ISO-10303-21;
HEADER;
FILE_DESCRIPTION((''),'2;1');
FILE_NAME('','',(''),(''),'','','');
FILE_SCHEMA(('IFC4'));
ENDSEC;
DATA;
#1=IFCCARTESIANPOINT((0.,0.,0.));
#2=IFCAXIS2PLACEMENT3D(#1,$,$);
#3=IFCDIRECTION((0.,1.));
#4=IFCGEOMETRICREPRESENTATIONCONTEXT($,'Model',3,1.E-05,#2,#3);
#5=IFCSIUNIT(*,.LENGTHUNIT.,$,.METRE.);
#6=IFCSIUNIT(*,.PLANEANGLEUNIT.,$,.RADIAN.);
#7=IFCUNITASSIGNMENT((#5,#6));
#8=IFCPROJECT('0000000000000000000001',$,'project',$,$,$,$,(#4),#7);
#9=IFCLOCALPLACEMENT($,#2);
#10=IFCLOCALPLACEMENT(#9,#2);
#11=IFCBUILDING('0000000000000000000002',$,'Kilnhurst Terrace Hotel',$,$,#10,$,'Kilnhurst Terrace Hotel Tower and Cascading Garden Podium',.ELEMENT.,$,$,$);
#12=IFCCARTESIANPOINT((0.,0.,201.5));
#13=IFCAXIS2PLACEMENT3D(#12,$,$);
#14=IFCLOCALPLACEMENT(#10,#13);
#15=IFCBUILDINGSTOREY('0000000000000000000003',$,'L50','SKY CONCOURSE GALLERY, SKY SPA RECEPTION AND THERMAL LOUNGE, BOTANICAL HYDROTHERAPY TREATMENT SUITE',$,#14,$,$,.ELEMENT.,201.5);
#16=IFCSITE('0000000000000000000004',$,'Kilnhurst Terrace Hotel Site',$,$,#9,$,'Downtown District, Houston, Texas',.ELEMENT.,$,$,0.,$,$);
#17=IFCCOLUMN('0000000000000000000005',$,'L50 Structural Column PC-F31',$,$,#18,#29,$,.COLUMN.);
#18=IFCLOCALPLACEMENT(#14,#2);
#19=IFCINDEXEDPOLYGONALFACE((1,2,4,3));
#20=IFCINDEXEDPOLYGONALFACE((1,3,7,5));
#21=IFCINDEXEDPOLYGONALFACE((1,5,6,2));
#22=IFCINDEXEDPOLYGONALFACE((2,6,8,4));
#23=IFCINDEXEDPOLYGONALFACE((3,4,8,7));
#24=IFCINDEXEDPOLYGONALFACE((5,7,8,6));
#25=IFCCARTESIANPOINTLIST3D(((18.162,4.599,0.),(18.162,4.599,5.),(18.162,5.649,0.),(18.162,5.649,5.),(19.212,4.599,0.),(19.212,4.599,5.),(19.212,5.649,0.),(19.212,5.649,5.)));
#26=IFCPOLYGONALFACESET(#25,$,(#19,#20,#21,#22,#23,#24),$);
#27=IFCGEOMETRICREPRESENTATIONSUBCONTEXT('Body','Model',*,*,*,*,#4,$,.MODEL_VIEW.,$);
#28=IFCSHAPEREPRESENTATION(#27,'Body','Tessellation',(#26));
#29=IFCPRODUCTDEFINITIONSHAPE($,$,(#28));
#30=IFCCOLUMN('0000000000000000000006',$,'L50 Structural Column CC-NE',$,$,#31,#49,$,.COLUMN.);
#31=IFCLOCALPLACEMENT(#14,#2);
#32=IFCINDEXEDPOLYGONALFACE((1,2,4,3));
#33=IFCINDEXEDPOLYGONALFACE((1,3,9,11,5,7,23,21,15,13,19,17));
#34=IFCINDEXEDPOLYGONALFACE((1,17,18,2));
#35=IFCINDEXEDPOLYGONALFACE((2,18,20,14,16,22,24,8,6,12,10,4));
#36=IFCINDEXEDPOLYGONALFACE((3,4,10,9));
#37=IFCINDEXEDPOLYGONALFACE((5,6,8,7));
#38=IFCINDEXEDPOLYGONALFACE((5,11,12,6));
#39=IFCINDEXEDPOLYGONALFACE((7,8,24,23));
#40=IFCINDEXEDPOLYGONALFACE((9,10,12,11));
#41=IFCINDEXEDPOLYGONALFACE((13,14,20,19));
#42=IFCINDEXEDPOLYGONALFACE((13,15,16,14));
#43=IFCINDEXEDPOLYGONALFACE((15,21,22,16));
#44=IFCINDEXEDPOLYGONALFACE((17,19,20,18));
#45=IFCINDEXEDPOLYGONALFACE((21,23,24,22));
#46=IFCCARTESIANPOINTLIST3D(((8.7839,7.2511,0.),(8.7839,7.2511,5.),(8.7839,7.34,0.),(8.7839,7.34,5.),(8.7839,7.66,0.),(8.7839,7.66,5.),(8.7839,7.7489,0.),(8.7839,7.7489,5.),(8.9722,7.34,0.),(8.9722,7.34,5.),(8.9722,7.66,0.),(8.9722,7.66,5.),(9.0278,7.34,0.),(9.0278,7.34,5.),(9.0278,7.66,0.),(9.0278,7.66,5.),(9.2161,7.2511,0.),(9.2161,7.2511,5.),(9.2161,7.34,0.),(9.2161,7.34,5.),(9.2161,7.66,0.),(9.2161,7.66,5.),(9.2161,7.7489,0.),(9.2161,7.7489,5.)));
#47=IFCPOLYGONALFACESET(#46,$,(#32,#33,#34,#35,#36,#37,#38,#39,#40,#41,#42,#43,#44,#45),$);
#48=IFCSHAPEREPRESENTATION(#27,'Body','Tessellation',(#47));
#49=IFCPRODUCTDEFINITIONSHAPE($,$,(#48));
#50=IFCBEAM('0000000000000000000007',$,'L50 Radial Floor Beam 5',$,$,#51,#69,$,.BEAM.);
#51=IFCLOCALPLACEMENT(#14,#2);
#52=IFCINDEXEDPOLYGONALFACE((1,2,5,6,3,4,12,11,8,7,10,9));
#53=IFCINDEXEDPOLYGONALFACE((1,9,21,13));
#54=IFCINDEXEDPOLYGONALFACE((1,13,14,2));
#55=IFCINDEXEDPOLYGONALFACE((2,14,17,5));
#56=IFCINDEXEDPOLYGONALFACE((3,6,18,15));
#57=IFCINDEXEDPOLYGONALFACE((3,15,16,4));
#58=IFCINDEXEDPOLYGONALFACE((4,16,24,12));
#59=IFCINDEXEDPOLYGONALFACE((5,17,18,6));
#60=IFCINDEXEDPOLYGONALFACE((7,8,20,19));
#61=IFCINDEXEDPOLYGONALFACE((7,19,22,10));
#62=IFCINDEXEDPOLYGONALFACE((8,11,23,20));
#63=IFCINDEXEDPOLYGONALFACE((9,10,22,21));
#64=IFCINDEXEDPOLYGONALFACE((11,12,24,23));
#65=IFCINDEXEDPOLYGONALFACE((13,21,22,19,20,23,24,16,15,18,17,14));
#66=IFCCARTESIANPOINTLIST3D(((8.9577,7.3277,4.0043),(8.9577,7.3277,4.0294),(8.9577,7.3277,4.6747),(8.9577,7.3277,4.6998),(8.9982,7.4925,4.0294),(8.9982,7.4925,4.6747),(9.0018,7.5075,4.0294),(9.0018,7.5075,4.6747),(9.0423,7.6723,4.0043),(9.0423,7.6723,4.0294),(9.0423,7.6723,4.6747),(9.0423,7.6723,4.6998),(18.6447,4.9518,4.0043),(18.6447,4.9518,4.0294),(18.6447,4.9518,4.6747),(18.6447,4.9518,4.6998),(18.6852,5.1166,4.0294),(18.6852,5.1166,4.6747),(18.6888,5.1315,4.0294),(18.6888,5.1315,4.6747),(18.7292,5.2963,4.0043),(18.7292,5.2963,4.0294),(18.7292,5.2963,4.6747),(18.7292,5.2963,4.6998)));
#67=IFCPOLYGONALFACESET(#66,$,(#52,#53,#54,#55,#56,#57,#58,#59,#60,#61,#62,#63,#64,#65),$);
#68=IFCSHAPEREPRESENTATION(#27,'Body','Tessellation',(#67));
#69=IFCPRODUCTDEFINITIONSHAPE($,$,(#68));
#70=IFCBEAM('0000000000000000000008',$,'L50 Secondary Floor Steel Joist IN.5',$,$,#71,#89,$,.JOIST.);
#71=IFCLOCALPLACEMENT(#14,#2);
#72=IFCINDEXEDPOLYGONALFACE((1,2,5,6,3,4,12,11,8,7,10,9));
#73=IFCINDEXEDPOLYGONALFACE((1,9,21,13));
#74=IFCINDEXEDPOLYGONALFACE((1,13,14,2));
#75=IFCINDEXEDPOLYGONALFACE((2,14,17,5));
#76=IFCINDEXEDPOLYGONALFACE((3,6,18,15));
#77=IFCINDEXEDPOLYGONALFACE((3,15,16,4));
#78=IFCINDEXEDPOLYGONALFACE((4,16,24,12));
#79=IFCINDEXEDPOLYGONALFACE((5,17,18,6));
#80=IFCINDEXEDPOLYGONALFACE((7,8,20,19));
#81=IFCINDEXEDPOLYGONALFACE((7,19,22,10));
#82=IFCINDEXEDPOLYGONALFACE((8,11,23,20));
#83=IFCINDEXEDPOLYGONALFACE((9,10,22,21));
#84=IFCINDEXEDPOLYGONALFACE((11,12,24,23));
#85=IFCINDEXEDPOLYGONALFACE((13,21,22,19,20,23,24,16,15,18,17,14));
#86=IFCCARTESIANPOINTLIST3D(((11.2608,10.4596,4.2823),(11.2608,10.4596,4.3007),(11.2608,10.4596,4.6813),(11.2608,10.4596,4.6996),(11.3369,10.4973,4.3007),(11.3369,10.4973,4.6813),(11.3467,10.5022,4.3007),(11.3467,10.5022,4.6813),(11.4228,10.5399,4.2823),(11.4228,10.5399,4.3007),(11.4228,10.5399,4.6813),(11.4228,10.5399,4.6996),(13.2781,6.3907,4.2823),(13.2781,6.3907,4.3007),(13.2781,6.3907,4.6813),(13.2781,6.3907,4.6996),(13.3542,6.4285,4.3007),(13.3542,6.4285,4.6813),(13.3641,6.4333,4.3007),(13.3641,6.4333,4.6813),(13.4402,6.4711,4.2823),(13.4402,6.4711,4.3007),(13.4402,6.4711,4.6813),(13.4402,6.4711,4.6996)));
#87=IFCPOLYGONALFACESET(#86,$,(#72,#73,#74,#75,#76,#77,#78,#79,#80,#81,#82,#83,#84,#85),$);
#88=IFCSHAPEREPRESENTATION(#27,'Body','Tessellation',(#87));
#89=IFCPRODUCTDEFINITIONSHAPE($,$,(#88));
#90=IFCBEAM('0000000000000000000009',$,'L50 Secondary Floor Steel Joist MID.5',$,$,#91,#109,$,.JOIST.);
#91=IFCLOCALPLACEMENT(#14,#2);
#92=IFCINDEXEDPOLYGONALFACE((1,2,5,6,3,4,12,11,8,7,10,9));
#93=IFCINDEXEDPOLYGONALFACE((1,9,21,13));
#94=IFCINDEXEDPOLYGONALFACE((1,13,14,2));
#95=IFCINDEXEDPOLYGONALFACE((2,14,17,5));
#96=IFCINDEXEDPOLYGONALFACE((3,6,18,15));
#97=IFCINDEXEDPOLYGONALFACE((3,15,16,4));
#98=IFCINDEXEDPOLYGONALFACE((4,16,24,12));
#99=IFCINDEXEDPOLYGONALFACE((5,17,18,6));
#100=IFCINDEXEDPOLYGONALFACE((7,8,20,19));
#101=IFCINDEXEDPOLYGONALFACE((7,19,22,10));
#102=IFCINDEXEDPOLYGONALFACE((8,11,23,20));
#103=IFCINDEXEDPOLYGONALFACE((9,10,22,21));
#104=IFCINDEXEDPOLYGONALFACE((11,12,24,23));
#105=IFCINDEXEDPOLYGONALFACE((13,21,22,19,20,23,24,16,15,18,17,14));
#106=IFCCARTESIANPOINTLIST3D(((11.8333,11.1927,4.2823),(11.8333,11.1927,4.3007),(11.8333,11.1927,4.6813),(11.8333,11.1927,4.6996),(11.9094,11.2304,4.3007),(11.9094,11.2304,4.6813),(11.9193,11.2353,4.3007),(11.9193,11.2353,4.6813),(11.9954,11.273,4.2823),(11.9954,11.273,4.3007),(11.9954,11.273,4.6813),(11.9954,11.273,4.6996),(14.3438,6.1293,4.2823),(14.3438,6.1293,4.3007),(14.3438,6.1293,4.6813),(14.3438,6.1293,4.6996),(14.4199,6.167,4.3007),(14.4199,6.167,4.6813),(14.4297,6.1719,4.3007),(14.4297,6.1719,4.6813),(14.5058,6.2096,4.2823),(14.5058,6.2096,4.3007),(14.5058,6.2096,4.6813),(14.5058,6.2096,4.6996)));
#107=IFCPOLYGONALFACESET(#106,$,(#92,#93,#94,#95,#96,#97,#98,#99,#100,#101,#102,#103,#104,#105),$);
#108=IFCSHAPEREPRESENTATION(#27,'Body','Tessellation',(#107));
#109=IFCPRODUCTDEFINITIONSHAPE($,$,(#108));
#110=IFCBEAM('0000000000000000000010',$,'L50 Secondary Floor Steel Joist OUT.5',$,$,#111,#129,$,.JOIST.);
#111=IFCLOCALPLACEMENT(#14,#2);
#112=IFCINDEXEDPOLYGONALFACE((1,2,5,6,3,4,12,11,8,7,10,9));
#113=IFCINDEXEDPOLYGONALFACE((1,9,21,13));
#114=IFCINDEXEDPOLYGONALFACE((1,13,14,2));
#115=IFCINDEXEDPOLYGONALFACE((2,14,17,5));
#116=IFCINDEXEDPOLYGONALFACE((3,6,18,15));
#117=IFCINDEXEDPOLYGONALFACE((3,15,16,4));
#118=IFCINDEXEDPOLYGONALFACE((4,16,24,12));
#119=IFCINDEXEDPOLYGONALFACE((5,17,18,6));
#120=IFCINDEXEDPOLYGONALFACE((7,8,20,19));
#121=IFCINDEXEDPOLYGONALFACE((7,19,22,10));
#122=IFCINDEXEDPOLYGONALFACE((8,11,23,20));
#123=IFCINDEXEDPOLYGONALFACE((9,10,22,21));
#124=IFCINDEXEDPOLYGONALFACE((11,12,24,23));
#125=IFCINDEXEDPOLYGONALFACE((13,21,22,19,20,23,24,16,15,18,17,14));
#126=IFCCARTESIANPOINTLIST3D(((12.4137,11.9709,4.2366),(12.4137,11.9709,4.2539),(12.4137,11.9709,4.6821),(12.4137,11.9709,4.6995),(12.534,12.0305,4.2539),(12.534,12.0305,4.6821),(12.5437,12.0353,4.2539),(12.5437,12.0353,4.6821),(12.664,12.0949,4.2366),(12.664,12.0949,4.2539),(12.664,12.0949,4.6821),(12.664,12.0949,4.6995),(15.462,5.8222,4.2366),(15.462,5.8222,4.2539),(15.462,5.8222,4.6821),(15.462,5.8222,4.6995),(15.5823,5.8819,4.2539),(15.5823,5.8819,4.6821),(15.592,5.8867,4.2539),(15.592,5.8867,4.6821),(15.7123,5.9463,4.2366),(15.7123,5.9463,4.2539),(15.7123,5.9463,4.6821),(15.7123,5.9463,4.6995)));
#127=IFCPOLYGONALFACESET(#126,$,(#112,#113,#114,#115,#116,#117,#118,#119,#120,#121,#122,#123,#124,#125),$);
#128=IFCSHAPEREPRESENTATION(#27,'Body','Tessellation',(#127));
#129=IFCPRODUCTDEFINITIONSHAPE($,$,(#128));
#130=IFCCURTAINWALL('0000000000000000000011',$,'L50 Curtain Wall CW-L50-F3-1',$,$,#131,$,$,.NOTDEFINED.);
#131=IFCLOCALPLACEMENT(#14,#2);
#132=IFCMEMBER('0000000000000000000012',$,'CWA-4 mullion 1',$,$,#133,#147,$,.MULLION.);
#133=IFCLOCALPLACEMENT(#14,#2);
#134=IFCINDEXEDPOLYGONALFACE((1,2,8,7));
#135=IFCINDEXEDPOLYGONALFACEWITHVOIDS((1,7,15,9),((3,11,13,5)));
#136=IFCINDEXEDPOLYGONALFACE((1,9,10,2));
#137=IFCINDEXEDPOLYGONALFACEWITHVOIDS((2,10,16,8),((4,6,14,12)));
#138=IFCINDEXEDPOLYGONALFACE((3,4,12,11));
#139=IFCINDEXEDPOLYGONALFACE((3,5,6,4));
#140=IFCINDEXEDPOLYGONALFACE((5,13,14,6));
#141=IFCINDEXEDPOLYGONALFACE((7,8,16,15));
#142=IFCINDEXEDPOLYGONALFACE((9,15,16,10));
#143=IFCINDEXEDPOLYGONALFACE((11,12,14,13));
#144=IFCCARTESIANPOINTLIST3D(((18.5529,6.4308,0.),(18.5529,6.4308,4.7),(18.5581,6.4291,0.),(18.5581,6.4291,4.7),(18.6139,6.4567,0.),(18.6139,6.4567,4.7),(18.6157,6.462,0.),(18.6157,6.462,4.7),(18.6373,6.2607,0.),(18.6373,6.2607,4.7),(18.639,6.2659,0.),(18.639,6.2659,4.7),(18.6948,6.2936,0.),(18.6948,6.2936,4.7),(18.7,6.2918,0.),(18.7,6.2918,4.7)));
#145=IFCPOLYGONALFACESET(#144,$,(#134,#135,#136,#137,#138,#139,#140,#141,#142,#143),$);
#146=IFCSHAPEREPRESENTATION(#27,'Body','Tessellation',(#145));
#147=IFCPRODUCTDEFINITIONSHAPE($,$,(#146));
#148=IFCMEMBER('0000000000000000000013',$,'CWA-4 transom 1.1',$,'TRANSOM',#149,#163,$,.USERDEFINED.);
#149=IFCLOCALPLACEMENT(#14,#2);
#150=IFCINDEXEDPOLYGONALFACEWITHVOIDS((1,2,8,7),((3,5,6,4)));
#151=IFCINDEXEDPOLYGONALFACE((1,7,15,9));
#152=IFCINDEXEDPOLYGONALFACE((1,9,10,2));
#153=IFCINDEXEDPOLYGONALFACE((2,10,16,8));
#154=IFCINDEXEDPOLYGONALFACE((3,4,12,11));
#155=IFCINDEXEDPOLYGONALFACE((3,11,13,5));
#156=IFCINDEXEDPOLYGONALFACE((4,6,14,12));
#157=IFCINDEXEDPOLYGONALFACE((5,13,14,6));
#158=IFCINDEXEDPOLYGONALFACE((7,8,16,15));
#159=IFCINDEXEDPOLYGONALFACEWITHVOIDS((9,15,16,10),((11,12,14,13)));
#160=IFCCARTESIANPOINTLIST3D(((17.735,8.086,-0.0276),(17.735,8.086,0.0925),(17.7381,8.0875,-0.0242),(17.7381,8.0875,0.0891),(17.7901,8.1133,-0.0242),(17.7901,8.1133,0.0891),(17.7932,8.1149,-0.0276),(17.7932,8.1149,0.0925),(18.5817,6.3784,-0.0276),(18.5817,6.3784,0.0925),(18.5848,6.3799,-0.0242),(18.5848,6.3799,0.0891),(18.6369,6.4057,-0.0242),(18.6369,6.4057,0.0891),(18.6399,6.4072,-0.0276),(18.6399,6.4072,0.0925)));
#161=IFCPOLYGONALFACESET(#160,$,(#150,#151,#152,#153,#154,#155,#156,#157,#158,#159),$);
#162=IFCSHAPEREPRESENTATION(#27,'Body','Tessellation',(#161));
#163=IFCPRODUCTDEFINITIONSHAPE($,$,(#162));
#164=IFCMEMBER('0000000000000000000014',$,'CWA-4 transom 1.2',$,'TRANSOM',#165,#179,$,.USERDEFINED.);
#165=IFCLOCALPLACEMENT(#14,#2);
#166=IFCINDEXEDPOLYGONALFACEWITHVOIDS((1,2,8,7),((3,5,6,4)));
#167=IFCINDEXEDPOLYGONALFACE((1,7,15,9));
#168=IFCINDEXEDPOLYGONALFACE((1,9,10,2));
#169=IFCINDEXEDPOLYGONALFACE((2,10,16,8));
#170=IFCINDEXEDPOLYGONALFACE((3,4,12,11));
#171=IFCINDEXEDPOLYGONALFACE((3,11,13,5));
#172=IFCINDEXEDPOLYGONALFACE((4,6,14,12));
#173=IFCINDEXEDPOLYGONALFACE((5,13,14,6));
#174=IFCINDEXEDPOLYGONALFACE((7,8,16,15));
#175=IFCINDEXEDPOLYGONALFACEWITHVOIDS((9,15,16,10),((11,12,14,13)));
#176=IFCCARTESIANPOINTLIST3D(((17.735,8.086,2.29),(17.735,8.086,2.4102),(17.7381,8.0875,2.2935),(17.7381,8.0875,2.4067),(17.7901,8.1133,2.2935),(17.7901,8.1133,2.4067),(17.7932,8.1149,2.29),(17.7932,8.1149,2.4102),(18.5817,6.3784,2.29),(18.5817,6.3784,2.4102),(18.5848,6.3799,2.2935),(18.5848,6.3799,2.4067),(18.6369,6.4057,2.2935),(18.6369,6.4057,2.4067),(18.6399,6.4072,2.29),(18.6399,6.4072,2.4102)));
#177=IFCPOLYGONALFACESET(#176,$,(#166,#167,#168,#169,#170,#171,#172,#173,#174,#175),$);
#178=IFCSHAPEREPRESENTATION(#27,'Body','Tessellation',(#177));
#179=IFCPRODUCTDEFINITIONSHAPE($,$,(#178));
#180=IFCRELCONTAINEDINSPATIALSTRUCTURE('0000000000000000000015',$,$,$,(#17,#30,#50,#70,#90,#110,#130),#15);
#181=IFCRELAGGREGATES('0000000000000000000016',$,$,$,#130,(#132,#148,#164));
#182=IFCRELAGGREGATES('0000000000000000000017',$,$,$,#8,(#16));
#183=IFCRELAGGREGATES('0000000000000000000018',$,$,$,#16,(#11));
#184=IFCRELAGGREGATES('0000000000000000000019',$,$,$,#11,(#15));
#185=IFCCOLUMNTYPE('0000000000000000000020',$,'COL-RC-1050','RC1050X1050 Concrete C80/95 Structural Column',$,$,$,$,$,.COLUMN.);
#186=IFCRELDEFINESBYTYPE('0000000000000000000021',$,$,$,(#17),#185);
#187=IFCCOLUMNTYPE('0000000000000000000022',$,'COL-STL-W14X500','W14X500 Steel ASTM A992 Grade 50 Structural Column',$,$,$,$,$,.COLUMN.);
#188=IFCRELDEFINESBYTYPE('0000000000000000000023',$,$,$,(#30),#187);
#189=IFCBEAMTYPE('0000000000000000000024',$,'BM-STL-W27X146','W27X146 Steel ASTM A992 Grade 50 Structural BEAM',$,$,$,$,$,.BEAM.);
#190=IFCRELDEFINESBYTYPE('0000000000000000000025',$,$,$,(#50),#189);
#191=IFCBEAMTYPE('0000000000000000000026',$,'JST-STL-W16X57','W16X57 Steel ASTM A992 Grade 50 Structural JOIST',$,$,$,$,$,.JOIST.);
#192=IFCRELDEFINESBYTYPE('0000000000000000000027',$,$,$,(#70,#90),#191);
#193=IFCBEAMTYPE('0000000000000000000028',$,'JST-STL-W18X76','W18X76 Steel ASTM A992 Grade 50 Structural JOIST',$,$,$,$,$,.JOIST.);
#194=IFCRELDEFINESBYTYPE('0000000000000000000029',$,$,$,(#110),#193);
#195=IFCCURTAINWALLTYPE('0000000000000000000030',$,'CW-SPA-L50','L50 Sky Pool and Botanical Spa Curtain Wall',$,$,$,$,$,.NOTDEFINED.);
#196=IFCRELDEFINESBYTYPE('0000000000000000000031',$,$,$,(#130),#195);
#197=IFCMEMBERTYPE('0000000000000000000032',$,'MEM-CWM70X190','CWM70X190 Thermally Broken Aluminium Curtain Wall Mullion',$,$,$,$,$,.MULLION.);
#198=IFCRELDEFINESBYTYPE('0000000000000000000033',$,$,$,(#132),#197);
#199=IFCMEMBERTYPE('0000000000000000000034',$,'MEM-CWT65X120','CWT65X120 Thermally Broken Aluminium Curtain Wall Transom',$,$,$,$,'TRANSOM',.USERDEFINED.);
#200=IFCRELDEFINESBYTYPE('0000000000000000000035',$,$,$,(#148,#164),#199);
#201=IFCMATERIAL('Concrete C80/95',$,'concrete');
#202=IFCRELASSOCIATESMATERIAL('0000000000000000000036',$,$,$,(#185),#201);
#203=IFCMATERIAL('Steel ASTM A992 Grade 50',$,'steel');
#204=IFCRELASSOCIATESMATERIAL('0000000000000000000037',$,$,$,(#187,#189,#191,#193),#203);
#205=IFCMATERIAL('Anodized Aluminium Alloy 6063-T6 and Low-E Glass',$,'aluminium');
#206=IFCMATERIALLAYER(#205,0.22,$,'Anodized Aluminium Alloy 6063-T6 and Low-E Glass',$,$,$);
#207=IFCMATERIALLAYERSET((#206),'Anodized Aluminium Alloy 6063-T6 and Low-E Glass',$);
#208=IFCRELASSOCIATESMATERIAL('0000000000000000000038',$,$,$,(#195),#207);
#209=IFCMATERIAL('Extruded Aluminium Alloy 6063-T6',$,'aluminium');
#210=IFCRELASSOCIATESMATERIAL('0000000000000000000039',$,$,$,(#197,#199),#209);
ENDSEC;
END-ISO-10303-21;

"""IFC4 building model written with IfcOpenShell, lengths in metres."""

from ifc_helpers import new_model, si_unit, direction, frame, origin, origin_2d, place, context, subcontext, project, spatial, rectangle, hollow_rectangle, i_section, extrude, material, layer, layer_set, material_profile, profile_set, type_object, element, aggregate, save


model = new_model("IFC4")

# Units and contexts
model_context = context("Model", 3, precision=1e-05, world=origin(), true_north=direction((0.0, 1.0)))
body_context = subcontext(model_context, "Body", "Model", "MODEL_VIEW")
ifc_project = project(units=[si_unit("LENGTHUNIT", "METRE"), si_unit("PLANEANGLEUNIT", "RADIAN")], contexts=[model_context])

# Site, building, storey
site_placement = place(None, origin())
site = spatial("IfcSite", under=ifc_project, at=site_placement, Name="Kilnhurst Terrace Hotel Site", LongName="Downtown District, Houston, Texas", CompositionType="ELEMENT", RefElevation=0.0)
building_placement = place(site_placement, origin())
building = spatial("IfcBuilding", under=site, at=building_placement, Name="Kilnhurst Terrace Hotel", LongName="Kilnhurst Terrace Hotel Tower and Cascading Garden Podium", CompositionType="ELEMENT")
storey_placement = place(building_placement, frame((0.0, 0.0, 201.5)))
storey = spatial("IfcBuildingStorey", under=building, at=storey_placement, Name="L50", Description="SKY CONCOURSE GALLERY, SKY SPA RECEPTION AND THERMAL LOUNGE, BOTANICAL HYDROTHERAPY TREATMENT SUITE", CompositionType="ELEMENT", Elevation=201.5)

# Columns
ifc_material_1 = material(Name="Concrete C80/95", Category="concrete")
ifc_material_profile_1 = material_profile(ifc_material_1, rectangle(XDim=1.05, YDim=1.05, at=origin_2d()), Name="RC1050X1050")
ifc_profile_set_1 = profile_set([ifc_material_profile_1], Name="Concrete C80/95")
column_type_1 = type_object("IfcColumnType", Name="COL-RC-1050", Description="RC1050X1050 Concrete C80/95 Structural Column", PredefinedType="COLUMN", material=ifc_profile_set_1)
column_1_placement = place(storey_placement, frame((18.687, 5.124, 0.0), z_axis=(0.0, 0.0, 1.0), x_axis=(1.0, 0.0, 0.0)))
element("IfcColumn", 1, at=column_1_placement, inside=storey, type_object=column_type_1, Name="L50 Structural Column PC-F31", PredefinedType="COLUMN", context=body_context, shape_type="SweptSolid", body=[
    extrude(rectangle(XDim=1.05, YDim=1.05, at=origin_2d()), origin(), (0.0, 0.0, 1.0), 5.0),
])
ifc_material_2 = material(Name="Steel ASTM A992 Grade 50", Category="steel")
ifc_material_profile_2 = material_profile(ifc_material_2, i_section(OverallWidth=0.4321, OverallDepth=0.4978, WebThickness=0.0557, FlangeThickness=0.0889, at=origin_2d()), Name="W14X500")
ifc_profile_set_2 = profile_set([ifc_material_profile_2], Name="Steel ASTM A992 Grade 50")
column_type_2 = type_object("IfcColumnType", Name="COL-STL-W14X500", Description="W14X500 Steel ASTM A992 Grade 50 Structural Column", PredefinedType="COLUMN", material=ifc_profile_set_2)
column_2_placement = place(storey_placement, frame((9.0, 7.5, 0.0), z_axis=(0.0, 0.0, 1.0), x_axis=(1.0, 0.0, 0.0)))
element("IfcColumn", 2, at=column_2_placement, inside=storey, type_object=column_type_2, Name="L50 Structural Column CC-NE", PredefinedType="COLUMN", context=body_context, shape_type="SweptSolid", body=[
    extrude(i_section(OverallWidth=0.4321, OverallDepth=0.4978, WebThickness=0.0557, FlangeThickness=0.0889, at=origin_2d()), origin(), (0.0, 0.0, 1.0), 5.0),
])

# Beams
ifc_material_profile_3 = material_profile(ifc_material_2, i_section(OverallWidth=0.3547, OverallDepth=0.6956, WebThickness=0.0154, FlangeThickness=0.0251, at=origin_2d()), Name="W27X146")
ifc_profile_set_3 = profile_set([ifc_material_profile_3], Name="Steel ASTM A992 Grade 50")
beam_type_1 = type_object("IfcBeamType", Name="BM-STL-W27X146", Description="W27X146 Steel ASTM A992 Grade 50 Structural BEAM", PredefinedType="BEAM", material=ifc_profile_set_3)
beam_1_placement = place(storey_placement, frame((9.0, 7.5, 4.3521), z_axis=(0.971213, -0.238214, 0.0), x_axis=(0.238214, 0.971213, 0.0)))
element("IfcBeam", 3, at=beam_1_placement, inside=storey, type_object=beam_type_1, Name="L50 Radial Floor Beam 5", PredefinedType="BEAM", context=body_context, shape_type="SweptSolid", body=[
    extrude(i_section(OverallWidth=0.3547, OverallDepth=0.6956, WebThickness=0.0154, FlangeThickness=0.0251, at=origin_2d()), origin(), (0.0, 0.0, 1.0), 9.9741),
])
ifc_material_profile_4 = material_profile(ifc_material_2, i_section(OverallWidth=0.1809, OverallDepth=0.4172, WebThickness=0.011, FlangeThickness=0.0183, at=origin_2d()), Name="W16X57")
ifc_profile_set_4 = profile_set([ifc_material_profile_4], Name="Steel ASTM A992 Grade 50")
beam_type_2 = type_object("IfcBeamType", Name="JST-STL-W16X57", Description="W16X57 Steel ASTM A992 Grade 50 Structural JOIST", PredefinedType="JOIST", material=ifc_profile_set_4)
beam_2_placement = place(storey_placement, frame((13.3591, 6.4309, 4.491), z_axis=(-0.444201, 0.895927, 0.0), x_axis=(-0.895927, -0.444201, 0.0)))
element("IfcBeam", 4, at=beam_2_placement, inside=storey, type_object=beam_type_2, Name="L50 Secondary Floor Steel Joist IN.5", PredefinedType="JOIST", context=body_context, shape_type="SweptSolid", body=[
    extrude(i_section(OverallWidth=0.1809, OverallDepth=0.4172, WebThickness=0.011, FlangeThickness=0.0183, at=origin_2d()), origin(), (0.0, 0.0, 1.0), 4.5415),
])
beam_3_placement = place(storey_placement, frame((14.4248, 6.1694, 4.491), z_axis=(-0.444204, 0.895925, 0.0), x_axis=(-0.895925, -0.444204, 0.0)))
element("IfcBeam", 5, at=beam_3_placement, inside=storey, type_object=beam_type_2, Name="L50 Secondary Floor Steel Joist MID.5", PredefinedType="JOIST", context=body_context, shape_type="SweptSolid", body=[
    extrude(i_section(OverallWidth=0.1809, OverallDepth=0.4172, WebThickness=0.011, FlangeThickness=0.0183, at=origin_2d()), origin(), (0.0, 0.0, 1.0), 5.6516),
])
ifc_material_profile_5 = material_profile(ifc_material_2, i_section(OverallWidth=0.2793, OverallDepth=0.4629, WebThickness=0.0107, FlangeThickness=0.0173, at=origin_2d()), Name="W18X76")
ifc_profile_set_5 = profile_set([ifc_material_profile_5], Name="Steel ASTM A992 Grade 50")
beam_type_3 = type_object("IfcBeamType", Name="JST-STL-W18X76", Description="W18X76 Steel ASTM A992 Grade 50 Structural JOIST", PredefinedType="JOIST", material=ifc_profile_set_5)
beam_4_placement = place(storey_placement, frame((15.5872, 5.8843, 4.468), z_axis=(-0.44418, 0.895938, 0.0), x_axis=(-0.895938, -0.44418, 0.0)))
element("IfcBeam", 6, at=beam_4_placement, inside=storey, type_object=beam_type_3, Name="L50 Secondary Floor Steel Joist OUT.5", PredefinedType="JOIST", context=body_context, shape_type="SweptSolid", body=[
    extrude(i_section(OverallWidth=0.2793, OverallDepth=0.4629, WebThickness=0.0107, FlangeThickness=0.0173, at=origin_2d()), origin(), (0.0, 0.0, 1.0), 6.8628),
])

# Curtain wall, members
ifc_material_3 = material(Name="Anodized Aluminium Alloy 6063-T6 and Low-E Glass", Category="aluminium")
ifc_layer_1 = layer(ifc_material_3, 0.22, Name="Anodized Aluminium Alloy 6063-T6 and Low-E Glass")
ifc_layer_set_1 = layer_set([ifc_layer_1], Name="Anodized Aluminium Alloy 6063-T6 and Low-E Glass")
curtain_wall_type = type_object("IfcCurtainWallType", Name="CW-SPA-L50", Description="L50 Sky Pool and Botanical Spa Curtain Wall", PredefinedType="NOTDEFINED", material=ifc_layer_set_1)
curtain_wall_placement = place(storey_placement, origin())
curtain_wall = element("IfcCurtainWall", 7, at=curtain_wall_placement, inside=storey, type_object=curtain_wall_type, Name="L50 Curtain Wall CW-L50-F3-1", PredefinedType="NOTDEFINED")
ifc_material_4 = material(Name="Extruded Aluminium Alloy 6063-T6", Category="aluminium")
ifc_material_profile_6 = material_profile(ifc_material_4, hollow_rectangle(XDim=0.0701, YDim=0.1899, WallThickness=0.0039, at=origin_2d()), Name="CWM70X190")
ifc_profile_set_6 = profile_set([ifc_material_profile_6], Name="Extruded Aluminium Alloy 6063-T6")
member_type_1 = type_object("IfcMemberType", Name="MEM-CWM70X190", Description="CWM70X190 Thermally Broken Aluminium Curtain Wall Mullion", PredefinedType="MULLION", material=ifc_profile_set_6)
member_1_placement = place(storey_placement, frame((18.6265, 6.3613, 0.0), z_axis=(0.0, 0.0, 1.0), x_axis=(-0.895908, -0.444239, 0.0)))
member_1 = element("IfcMember", 8, at=member_1_placement, type_object=member_type_1, Name="CWA-4 mullion 1", PredefinedType="MULLION", context=body_context, shape_type="SweptSolid", body=[
    extrude(hollow_rectangle(XDim=0.0701, YDim=0.1899, WallThickness=0.0039, at=origin_2d()), origin(), (0.0, 0.0, 1.0), 4.7),
])
ifc_material_profile_7 = material_profile(ifc_material_4, hollow_rectangle(XDim=0.0649, YDim=0.1201, WallThickness=0.0034, at=origin_2d()), Name="CWT65X120")
ifc_profile_set_7 = profile_set([ifc_material_profile_7], Name="Extruded Aluminium Alloy 6063-T6")
member_type_2 = type_object("IfcMemberType", Name="MEM-CWT65X120", Description="CWT65X120 Thermally Broken Aluminium Curtain Wall Transom", ElementType="TRANSOM", PredefinedType="USERDEFINED", material=ifc_profile_set_7)
member_2_placement = place(storey_placement, frame((18.6108, 6.3928, 0.0325), z_axis=(-0.444239, 0.895908, 0.0), x_axis=(-0.895908, -0.444239, 0.0)))
member_2 = element("IfcMember", 9, at=member_2_placement, type_object=member_type_2, Name="CWA-4 transom 1.1", ObjectType="TRANSOM", PredefinedType="USERDEFINED", context=body_context, shape_type="SweptSolid", body=[
    extrude(hollow_rectangle(XDim=0.0649, YDim=0.1201, WallThickness=0.0034, at=origin_2d()), origin(), (0.0, 0.0, 1.0), 1.906),
])
member_3_placement = place(storey_placement, frame((18.6108, 6.3928, 2.3501), z_axis=(-0.444239, 0.895908, 0.0), x_axis=(-0.895908, -0.444239, 0.0)))
member_3 = element("IfcMember", 10, at=member_3_placement, type_object=member_type_2, Name="CWA-4 transom 1.2", ObjectType="TRANSOM", PredefinedType="USERDEFINED", context=body_context, shape_type="SweptSolid", body=[
    extrude(hollow_rectangle(XDim=0.0649, YDim=0.1201, WallThickness=0.0034, at=origin_2d()), origin(), (0.0, 0.0, 1.0), 1.906),
])

aggregate(curtain_wall, [member_1, member_2, member_3])

save(model, "model.ifc")
